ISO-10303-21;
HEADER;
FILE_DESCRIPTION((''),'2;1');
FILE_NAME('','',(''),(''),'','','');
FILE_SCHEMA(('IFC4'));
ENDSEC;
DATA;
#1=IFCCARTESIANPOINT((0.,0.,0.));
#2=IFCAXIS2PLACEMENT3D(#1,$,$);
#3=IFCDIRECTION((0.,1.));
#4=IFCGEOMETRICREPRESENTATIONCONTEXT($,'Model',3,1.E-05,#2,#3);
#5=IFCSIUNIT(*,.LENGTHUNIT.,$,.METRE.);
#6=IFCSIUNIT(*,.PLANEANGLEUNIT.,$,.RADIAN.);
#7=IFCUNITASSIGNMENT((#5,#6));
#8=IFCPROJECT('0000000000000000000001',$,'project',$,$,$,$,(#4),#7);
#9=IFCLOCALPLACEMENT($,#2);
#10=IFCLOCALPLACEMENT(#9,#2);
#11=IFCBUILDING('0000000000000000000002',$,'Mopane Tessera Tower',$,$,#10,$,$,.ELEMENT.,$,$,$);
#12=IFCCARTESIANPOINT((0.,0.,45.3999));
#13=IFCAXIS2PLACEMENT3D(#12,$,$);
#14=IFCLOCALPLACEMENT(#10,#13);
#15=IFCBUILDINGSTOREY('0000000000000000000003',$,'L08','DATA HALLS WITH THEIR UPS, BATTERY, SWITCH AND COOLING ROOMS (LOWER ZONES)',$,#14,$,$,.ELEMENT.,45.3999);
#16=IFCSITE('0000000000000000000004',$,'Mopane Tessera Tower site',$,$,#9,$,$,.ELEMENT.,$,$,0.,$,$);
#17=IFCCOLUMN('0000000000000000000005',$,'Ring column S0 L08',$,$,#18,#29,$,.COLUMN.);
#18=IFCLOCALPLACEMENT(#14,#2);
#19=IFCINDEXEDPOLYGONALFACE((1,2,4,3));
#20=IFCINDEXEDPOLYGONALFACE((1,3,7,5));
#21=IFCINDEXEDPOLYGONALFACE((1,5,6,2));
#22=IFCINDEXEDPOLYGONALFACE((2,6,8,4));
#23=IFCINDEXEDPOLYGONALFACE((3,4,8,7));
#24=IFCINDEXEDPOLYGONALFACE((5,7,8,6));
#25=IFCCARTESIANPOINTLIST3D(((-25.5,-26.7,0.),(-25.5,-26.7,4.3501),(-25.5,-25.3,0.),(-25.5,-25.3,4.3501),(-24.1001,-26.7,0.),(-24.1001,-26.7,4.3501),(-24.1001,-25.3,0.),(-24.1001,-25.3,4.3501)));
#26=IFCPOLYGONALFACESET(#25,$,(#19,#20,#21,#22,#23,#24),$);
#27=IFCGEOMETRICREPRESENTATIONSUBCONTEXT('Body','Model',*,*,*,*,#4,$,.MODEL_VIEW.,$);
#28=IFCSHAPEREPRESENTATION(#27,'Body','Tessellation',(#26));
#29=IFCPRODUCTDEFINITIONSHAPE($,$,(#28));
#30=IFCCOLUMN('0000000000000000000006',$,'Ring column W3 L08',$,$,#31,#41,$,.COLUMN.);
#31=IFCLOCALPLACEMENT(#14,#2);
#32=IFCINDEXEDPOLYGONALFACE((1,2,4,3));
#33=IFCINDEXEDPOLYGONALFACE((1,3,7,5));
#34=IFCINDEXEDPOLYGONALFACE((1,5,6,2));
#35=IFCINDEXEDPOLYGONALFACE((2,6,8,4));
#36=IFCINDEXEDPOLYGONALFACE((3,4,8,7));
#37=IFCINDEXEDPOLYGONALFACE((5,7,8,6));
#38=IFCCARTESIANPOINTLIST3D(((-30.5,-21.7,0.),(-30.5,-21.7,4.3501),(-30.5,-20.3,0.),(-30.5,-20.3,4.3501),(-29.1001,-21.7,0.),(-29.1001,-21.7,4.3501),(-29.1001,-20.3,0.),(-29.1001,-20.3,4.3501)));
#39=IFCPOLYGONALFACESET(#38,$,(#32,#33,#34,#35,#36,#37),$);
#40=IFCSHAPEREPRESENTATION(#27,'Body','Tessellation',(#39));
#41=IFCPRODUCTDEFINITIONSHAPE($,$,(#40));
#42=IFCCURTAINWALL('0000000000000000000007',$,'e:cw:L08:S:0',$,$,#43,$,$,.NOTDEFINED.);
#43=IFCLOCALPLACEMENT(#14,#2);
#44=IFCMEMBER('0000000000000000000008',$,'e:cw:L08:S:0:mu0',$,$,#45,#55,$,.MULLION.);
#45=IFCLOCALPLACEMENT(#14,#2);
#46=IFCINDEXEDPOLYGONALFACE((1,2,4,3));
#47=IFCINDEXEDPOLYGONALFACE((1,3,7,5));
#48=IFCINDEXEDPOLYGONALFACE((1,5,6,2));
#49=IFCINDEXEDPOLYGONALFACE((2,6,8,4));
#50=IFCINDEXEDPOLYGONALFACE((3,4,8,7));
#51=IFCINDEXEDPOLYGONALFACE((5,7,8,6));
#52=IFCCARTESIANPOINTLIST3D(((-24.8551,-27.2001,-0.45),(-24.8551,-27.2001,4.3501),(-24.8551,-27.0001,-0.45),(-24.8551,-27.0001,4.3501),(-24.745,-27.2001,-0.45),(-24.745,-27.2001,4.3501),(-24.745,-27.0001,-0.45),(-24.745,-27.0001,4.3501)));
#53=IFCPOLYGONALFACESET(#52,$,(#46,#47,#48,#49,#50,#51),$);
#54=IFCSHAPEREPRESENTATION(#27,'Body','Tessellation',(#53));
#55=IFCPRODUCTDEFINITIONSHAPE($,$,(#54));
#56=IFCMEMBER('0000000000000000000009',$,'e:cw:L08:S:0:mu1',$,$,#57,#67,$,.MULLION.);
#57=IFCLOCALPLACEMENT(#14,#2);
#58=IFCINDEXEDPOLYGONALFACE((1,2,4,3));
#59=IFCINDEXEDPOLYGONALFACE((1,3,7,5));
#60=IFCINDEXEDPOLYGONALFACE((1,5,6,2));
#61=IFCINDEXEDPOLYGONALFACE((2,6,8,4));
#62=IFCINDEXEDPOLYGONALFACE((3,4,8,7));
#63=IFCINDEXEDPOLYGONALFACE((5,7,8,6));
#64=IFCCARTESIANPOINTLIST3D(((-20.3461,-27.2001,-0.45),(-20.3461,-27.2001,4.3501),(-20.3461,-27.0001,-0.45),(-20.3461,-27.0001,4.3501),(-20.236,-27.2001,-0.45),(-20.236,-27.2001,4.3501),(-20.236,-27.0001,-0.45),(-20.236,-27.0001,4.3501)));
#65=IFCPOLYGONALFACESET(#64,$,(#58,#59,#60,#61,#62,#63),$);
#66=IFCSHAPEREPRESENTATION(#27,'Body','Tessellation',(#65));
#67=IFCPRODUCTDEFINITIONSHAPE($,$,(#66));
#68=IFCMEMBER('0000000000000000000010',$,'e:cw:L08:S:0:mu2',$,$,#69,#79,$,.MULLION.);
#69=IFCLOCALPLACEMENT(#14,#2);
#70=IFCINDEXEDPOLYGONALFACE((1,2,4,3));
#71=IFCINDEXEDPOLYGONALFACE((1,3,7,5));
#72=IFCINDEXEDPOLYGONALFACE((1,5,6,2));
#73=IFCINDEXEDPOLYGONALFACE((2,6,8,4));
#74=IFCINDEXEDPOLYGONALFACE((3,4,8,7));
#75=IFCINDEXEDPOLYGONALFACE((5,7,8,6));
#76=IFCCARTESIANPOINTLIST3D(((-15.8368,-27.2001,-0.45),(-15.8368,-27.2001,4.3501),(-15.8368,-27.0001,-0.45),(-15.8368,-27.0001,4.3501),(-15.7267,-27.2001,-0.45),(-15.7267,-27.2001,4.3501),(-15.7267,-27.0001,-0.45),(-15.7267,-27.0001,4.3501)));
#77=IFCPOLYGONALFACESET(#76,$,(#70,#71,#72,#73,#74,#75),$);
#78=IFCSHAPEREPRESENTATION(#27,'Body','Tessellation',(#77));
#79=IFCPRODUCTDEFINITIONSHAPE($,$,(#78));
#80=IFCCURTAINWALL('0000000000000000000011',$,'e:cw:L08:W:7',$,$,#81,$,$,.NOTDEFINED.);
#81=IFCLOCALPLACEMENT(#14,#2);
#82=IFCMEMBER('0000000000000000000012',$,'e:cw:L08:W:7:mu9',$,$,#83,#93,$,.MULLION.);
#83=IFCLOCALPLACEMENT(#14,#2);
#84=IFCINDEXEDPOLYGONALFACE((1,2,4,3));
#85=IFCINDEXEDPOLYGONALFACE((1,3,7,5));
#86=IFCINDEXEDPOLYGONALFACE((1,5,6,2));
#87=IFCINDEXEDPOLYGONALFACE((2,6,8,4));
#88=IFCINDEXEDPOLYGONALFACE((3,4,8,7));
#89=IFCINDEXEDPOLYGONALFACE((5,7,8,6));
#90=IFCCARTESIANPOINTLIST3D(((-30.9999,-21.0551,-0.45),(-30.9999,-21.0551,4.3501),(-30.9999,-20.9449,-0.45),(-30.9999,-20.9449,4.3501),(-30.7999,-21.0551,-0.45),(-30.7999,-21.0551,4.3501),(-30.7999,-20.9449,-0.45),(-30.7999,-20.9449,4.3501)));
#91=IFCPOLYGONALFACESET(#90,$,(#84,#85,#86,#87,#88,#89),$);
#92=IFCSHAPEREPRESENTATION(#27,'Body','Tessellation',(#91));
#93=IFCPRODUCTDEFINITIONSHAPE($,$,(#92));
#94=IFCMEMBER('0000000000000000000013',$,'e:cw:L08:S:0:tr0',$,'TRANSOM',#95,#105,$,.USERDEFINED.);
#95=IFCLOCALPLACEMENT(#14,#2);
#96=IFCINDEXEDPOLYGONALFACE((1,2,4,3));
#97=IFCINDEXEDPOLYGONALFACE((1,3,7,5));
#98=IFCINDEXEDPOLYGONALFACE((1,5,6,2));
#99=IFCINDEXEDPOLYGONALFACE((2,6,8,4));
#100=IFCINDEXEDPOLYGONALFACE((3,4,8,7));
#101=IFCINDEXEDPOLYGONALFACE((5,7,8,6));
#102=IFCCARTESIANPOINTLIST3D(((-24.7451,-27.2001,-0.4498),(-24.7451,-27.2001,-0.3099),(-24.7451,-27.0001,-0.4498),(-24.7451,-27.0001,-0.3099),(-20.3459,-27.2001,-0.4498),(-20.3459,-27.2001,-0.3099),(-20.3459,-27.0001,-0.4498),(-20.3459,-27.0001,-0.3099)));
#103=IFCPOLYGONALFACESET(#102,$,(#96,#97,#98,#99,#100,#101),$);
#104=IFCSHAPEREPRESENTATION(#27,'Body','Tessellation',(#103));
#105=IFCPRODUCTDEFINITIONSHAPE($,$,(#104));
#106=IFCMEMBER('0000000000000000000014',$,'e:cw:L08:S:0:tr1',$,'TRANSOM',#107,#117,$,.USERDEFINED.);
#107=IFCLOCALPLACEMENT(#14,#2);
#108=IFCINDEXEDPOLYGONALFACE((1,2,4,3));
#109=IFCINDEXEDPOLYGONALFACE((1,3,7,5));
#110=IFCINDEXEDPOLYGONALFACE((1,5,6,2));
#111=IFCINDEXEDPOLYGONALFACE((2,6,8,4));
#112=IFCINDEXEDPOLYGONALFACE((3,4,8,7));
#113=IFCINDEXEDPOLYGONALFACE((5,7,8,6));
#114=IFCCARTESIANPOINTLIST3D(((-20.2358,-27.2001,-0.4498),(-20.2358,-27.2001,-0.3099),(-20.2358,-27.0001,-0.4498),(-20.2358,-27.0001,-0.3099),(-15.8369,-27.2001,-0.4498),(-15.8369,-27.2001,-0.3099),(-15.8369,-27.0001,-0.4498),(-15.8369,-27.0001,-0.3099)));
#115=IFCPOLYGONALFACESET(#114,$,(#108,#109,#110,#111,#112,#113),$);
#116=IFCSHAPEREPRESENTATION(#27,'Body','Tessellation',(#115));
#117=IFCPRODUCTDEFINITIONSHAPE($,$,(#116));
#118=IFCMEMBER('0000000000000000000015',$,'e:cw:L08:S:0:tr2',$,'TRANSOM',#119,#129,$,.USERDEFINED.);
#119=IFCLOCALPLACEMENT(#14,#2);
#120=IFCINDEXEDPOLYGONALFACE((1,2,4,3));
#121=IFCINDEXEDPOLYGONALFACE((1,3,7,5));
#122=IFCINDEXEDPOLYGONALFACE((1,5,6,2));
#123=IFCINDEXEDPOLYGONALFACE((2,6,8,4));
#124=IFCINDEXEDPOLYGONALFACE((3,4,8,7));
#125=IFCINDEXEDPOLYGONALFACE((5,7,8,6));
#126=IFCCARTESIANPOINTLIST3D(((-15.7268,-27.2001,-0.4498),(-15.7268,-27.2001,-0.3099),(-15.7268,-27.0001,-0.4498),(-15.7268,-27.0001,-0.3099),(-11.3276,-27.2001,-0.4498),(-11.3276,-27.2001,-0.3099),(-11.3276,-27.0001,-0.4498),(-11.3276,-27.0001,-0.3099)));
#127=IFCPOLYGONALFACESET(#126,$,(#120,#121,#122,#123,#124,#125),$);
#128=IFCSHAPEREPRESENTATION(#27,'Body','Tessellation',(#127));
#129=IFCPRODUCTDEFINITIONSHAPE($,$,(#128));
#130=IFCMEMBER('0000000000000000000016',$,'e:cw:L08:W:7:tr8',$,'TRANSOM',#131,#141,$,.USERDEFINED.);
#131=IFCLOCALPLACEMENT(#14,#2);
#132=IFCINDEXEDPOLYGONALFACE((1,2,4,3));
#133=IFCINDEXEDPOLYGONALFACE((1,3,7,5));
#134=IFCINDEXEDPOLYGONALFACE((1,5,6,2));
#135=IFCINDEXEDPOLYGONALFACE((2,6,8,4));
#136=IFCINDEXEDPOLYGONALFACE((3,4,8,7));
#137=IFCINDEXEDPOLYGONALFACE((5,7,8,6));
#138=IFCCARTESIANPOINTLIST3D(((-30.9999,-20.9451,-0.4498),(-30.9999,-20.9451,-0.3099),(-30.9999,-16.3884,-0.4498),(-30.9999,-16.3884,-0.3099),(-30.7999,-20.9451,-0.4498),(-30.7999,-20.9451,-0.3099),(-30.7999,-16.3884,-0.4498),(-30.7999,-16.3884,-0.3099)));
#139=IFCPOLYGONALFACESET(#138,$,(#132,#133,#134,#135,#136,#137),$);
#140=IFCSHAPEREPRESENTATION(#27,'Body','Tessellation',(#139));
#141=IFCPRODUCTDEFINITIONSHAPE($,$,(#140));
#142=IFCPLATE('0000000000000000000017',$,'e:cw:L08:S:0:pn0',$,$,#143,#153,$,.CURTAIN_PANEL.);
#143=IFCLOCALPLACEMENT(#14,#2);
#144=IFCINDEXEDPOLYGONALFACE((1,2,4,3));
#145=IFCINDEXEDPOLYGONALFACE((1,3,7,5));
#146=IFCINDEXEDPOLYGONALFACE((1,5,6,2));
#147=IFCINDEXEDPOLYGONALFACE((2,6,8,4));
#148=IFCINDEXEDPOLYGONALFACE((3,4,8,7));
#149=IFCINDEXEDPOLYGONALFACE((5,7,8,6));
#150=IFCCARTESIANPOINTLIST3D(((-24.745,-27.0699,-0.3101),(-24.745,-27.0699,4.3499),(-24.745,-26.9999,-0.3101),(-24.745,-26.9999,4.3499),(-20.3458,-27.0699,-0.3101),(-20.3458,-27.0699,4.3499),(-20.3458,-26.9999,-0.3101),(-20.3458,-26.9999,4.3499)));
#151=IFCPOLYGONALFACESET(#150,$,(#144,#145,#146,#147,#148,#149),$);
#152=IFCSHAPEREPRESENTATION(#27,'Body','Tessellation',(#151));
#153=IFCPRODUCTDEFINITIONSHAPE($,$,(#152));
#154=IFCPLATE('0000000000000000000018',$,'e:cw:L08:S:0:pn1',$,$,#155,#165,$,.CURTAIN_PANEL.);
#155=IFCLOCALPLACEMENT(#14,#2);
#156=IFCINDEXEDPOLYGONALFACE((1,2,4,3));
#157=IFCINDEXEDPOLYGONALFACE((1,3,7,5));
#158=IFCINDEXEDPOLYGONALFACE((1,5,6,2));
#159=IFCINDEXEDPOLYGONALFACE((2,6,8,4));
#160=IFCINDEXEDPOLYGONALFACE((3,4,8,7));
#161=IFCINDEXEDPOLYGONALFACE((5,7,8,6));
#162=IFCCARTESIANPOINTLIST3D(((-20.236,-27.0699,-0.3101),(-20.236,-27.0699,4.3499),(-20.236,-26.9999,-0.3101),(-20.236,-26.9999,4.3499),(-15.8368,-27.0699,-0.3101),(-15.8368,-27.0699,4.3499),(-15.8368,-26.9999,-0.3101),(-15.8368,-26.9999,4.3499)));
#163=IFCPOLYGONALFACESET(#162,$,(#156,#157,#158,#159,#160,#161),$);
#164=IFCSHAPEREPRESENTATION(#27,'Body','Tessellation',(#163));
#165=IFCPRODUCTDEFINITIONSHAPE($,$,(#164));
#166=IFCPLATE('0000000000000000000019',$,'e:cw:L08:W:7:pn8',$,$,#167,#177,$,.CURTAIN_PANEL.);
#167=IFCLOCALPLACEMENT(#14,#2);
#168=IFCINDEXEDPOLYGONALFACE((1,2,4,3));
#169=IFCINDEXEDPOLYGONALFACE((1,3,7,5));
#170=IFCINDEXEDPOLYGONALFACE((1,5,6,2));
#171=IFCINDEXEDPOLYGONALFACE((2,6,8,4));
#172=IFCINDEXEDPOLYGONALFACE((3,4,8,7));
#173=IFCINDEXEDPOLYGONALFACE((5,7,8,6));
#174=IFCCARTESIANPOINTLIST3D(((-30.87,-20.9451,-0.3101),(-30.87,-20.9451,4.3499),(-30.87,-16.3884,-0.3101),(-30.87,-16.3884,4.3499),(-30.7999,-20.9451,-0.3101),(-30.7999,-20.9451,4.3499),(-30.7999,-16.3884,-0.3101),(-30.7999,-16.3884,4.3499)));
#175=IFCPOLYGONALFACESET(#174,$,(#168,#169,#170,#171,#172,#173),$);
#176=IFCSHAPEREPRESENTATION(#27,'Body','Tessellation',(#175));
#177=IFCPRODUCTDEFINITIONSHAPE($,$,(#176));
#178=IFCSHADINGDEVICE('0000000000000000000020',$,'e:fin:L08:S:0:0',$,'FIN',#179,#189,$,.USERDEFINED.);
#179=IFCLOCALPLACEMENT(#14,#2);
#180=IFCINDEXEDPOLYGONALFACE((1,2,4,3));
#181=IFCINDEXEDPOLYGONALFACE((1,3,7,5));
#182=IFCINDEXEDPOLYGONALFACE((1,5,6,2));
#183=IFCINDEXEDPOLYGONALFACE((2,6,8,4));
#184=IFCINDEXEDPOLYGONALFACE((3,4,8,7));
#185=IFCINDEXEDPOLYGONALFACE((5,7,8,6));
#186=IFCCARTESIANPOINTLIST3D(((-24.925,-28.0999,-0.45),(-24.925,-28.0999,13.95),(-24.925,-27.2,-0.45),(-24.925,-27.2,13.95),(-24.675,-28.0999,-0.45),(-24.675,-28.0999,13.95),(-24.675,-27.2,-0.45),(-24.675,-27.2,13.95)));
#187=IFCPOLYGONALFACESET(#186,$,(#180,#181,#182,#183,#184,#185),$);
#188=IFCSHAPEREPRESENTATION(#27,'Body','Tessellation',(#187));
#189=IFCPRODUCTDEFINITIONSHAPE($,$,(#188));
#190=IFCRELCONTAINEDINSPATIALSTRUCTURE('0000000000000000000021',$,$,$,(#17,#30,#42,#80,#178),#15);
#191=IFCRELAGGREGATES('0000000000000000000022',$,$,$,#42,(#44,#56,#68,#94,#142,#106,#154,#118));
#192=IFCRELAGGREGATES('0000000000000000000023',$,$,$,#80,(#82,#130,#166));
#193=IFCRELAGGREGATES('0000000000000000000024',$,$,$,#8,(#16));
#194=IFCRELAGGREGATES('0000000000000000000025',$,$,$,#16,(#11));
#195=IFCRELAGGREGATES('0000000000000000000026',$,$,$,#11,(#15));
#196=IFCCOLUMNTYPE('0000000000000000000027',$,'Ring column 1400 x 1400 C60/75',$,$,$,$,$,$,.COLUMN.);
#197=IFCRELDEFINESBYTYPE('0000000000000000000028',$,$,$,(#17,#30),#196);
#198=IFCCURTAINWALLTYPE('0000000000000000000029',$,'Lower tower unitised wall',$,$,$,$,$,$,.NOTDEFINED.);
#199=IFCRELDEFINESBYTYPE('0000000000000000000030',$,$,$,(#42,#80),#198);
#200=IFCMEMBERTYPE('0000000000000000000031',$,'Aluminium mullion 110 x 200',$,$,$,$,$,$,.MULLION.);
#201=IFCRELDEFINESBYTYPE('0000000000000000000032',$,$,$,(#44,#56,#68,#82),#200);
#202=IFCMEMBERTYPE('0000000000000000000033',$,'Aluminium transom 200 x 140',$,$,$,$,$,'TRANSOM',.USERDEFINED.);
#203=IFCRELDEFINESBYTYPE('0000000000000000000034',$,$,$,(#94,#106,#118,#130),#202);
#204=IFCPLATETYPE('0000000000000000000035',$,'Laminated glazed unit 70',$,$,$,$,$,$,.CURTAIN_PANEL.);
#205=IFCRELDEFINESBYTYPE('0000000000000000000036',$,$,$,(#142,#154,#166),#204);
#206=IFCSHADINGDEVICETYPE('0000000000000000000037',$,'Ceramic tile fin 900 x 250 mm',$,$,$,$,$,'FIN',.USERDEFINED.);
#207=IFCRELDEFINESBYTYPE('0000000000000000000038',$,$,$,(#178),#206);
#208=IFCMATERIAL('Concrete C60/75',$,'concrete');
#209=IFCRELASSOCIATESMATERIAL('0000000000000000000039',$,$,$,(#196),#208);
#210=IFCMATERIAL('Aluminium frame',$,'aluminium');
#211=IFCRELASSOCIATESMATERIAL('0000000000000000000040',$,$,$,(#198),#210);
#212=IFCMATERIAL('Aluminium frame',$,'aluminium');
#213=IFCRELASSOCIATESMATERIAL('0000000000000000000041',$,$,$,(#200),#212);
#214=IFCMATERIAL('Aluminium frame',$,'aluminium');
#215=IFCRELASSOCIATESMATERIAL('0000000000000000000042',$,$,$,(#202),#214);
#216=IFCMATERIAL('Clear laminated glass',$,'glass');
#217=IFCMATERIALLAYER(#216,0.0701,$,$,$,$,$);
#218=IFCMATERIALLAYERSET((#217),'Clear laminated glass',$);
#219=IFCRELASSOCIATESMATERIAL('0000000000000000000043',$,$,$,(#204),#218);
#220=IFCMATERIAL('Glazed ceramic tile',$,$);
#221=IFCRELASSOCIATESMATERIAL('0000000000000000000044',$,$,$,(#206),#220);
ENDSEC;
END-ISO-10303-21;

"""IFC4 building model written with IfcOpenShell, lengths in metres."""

from ifc_helpers import new_model, si_unit, direction, frame, origin, origin_2d, place, context, subcontext, project, spatial, rectangle, extrude, material, layer, layer_set, material_profile, profile_set, type_object, element, aggregate, save


model = new_model("IFC4")

# Units and contexts
model_context = context("Model", 3, precision=1e-05, world=origin(), true_north=direction((0.0, 1.0)))
body_context = subcontext(model_context, "Body", "Model", "MODEL_VIEW")
ifc_project = project(units=[si_unit("LENGTHUNIT", "METRE"), si_unit("PLANEANGLEUNIT", "RADIAN")], contexts=[model_context])

# Site, building, storey
site_placement = place(None, origin())
site = spatial("IfcSite", under=ifc_project, at=site_placement, Name="Mopane Tessera Tower site", CompositionType="ELEMENT", RefElevation=0.0)
building_placement = place(site_placement, origin())
building = spatial("IfcBuilding", under=site, at=building_placement, Name="Mopane Tessera Tower", CompositionType="ELEMENT")
storey_placement = place(building_placement, frame((0.0, 0.0, 45.3999)))
storey = spatial("IfcBuildingStorey", under=building, at=storey_placement, Name="L08", Description="DATA HALLS WITH THEIR UPS, BATTERY, SWITCH AND COOLING ROOMS (LOWER ZONES)", CompositionType="ELEMENT", Elevation=45.3999)

# Columns
ifc_material_1 = material(Name="Concrete C60/75", Category="concrete")
ifc_material_profile_1 = material_profile(ifc_material_1, rectangle(XDim=1.3999, YDim=1.3999, at=origin_2d()))
ifc_profile_set_1 = profile_set([ifc_material_profile_1], Name="Concrete C60/75")
column_type = type_object("IfcColumnType", Name="Ring column 1400 x 1400 C60/75", PredefinedType="COLUMN", material=ifc_profile_set_1)
for number, where, z_axis, x_axis, name in (
    (1, (-24.8, -26.0, 0.0), (0.0, 0.0, 1.0), (1.0, 0.0, 0.0), "Ring column S0 L08"),
    (2, (-29.8, -21.0, 0.0), (0.0, 0.0, 1.0), (1.0, 0.0, 0.0), "Ring column W3 L08"),
):
    element("IfcColumn", number, at=place(storey_placement, frame(where, z_axis=z_axis, x_axis=x_axis)), inside=storey, type_object=column_type, Name=name, PredefinedType="COLUMN", context=body_context, shape_type="SweptSolid", body=[
        extrude(rectangle(XDim=1.3999, YDim=1.3999, at=origin_2d()), origin(), (0.0, 0.0, 1.0), 4.3501),
    ])

# Curtain wall, members
ifc_material_2 = material(Name="Aluminium frame", Category="aluminium")
curtain_wall_type = type_object("IfcCurtainWallType", Name="Lower tower unitised wall", PredefinedType="NOTDEFINED", material=ifc_material_2)
curtain_wall_1_placement = place(storey_placement, origin())
curtain_wall_1 = element("IfcCurtainWall", 3, at=curtain_wall_1_placement, inside=storey, type_object=curtain_wall_type, Name="e:cw:L08:S:0", PredefinedType="NOTDEFINED")
ifc_material_3 = material(Name="Aluminium frame", Category="aluminium")
ifc_material_profile_2 = material_profile(ifc_material_3, rectangle(XDim=0.1101, YDim=0.2, at=origin_2d()))
ifc_profile_set_2 = profile_set([ifc_material_profile_2], Name="Aluminium frame")
member_type_1 = type_object("IfcMemberType", Name="Aluminium mullion 110 x 200", PredefinedType="MULLION", material=ifc_profile_set_2)
member_1_placement = place(storey_placement, frame((-24.8, -27.1001, -0.45), z_axis=(0.0, 0.0, 1.0), x_axis=(1.0, 0.0, 0.0)))
member_1 = element("IfcMember", 4, at=member_1_placement, type_object=member_type_1, Name="e:cw:L08:S:0:mu0", PredefinedType="MULLION", context=body_context, shape_type="SweptSolid", body=[
    extrude(rectangle(XDim=0.1101, YDim=0.2, at=origin_2d()), origin(), (0.0, 0.0, 1.0), 4.8),
])
member_2_placement = place(storey_placement, frame((-20.291, -27.1001, -0.45), z_axis=(0.0, 0.0, 1.0), x_axis=(1.0, 0.0, 0.0)))
member_2 = element("IfcMember", 5, at=member_2_placement, type_object=member_type_1, Name="e:cw:L08:S:0:mu1", PredefinedType="MULLION", context=body_context, shape_type="SweptSolid", body=[
    extrude(rectangle(XDim=0.1101, YDim=0.2, at=origin_2d()), origin(), (0.0, 0.0, 1.0), 4.8),
])
member_3_placement = place(storey_placement, frame((-15.7817, -27.1001, -0.45), z_axis=(0.0, 0.0, 1.0), x_axis=(1.0, 0.0, 0.0)))
member_3 = element("IfcMember", 6, at=member_3_placement, type_object=member_type_1, Name="e:cw:L08:S:0:mu2", PredefinedType="MULLION", context=body_context, shape_type="SweptSolid", body=[
    extrude(rectangle(XDim=0.1101, YDim=0.2, at=origin_2d()), origin(), (0.0, 0.0, 1.0), 4.8),
])

# Curtain wall, member
curtain_wall_2_placement = place(storey_placement, origin())
curtain_wall_2 = element("IfcCurtainWall", 7, at=curtain_wall_2_placement, inside=storey, type_object=curtain_wall_type, Name="e:cw:L08:W:7", PredefinedType="NOTDEFINED")
member_4_placement = place(storey_placement, frame((-30.8999, -21.0, -0.45), z_axis=(0.0, 0.0, 1.0), x_axis=(0.0, -1.0, 0.0)))
member_4 = element("IfcMember", 8, at=member_4_placement, type_object=member_type_1, Name="e:cw:L08:W:7:mu9", PredefinedType="MULLION", context=body_context, shape_type="SweptSolid", body=[
    extrude(rectangle(XDim=0.1101, YDim=0.2, at=origin_2d()), origin(), (0.0, 0.0, 1.0), 4.8),
])

# Members
ifc_material_4 = material(Name="Aluminium frame", Category="aluminium")
ifc_material_profile_3 = material_profile(ifc_material_4, rectangle(XDim=0.2, YDim=0.1399, at=origin_2d()))
ifc_profile_set_3 = profile_set([ifc_material_profile_3], Name="Aluminium frame")
member_type_2 = type_object("IfcMemberType", Name="Aluminium transom 200 x 140", ElementType="TRANSOM", PredefinedType="USERDEFINED", material=ifc_profile_set_3)
member_5_placement = place(storey_placement, frame((-24.7451, -27.1001, -0.3799), z_axis=(1.0, 0.0, 0.0), x_axis=(0.0, 1.0, 0.0)))
member_5 = element("IfcMember", 9, at=member_5_placement, type_object=member_type_2, Name="e:cw:L08:S:0:tr0", ObjectType="TRANSOM", PredefinedType="USERDEFINED", context=body_context, shape_type="SweptSolid", body=[
    extrude(rectangle(XDim=0.2, YDim=0.1399, at=origin_2d()), origin(), (0.0, 0.0, 1.0), 4.3992),
])
member_6_placement = place(storey_placement, frame((-20.2358, -27.1001, -0.3799), z_axis=(1.0, 0.0, 0.0), x_axis=(0.0, 1.0, 0.0)))
member_6 = element("IfcMember", 10, at=member_6_placement, type_object=member_type_2, Name="e:cw:L08:S:0:tr1", ObjectType="TRANSOM", PredefinedType="USERDEFINED", context=body_context, shape_type="SweptSolid", body=[
    extrude(rectangle(XDim=0.2, YDim=0.1399, at=origin_2d()), origin(), (0.0, 0.0, 1.0), 4.3989),
])
member_7_placement = place(storey_placement, frame((-15.7268, -27.1001, -0.3799), z_axis=(1.0, 0.0, 0.0), x_axis=(0.0, 1.0, 0.0)))
member_7 = element("IfcMember", 11, at=member_7_placement, type_object=member_type_2, Name="e:cw:L08:S:0:tr2", ObjectType="TRANSOM", PredefinedType="USERDEFINED", context=body_context, shape_type="SweptSolid", body=[
    extrude(rectangle(XDim=0.2, YDim=0.1399, at=origin_2d()), origin(), (0.0, 0.0, 1.0), 4.3992),
])
member_8_placement = place(storey_placement, frame((-30.8999, -16.3884, -0.3799), z_axis=(0.0, -1.0, 0.0), x_axis=(1.0, 0.0, 0.0)))
member_8 = element("IfcMember", 12, at=member_8_placement, type_object=member_type_2, Name="e:cw:L08:W:7:tr8", ObjectType="TRANSOM", PredefinedType="USERDEFINED", context=body_context, shape_type="SweptSolid", body=[
    extrude(rectangle(XDim=0.2, YDim=0.1399, at=origin_2d()), origin(), (0.0, 0.0, 1.0), 4.5566),
])

# Plates
ifc_material_5 = material(Name="Clear laminated glass", Category="glass")
ifc_layer = layer(ifc_material_5, 0.0701)
ifc_layer_set = layer_set([ifc_layer], Name="Clear laminated glass")
plate_type = type_object("IfcPlateType", Name="Laminated glazed unit 70", PredefinedType="CURTAIN_PANEL", material=ifc_layer_set)
plate_1_placement = place(storey_placement, frame((-22.5454, -27.0349, -0.3101), z_axis=(0.0, 0.0, 1.0), x_axis=(1.0, 0.0, 0.0)))
plate_1 = element("IfcPlate", 13, at=plate_1_placement, type_object=plate_type, Name="e:cw:L08:S:0:pn0", PredefinedType="CURTAIN_PANEL", context=body_context, shape_type="SweptSolid", body=[
    extrude(rectangle(XDim=4.3992, YDim=0.0701, at=origin_2d()), origin(), (0.0, 0.0, 1.0), 4.6599),
])
plate_2_placement = place(storey_placement, frame((-18.0364, -27.0349, -0.3101), z_axis=(0.0, 0.0, 1.0), x_axis=(1.0, 0.0, 0.0)))
plate_2 = element("IfcPlate", 14, at=plate_2_placement, type_object=plate_type, Name="e:cw:L08:S:0:pn1", PredefinedType="CURTAIN_PANEL", context=body_context, shape_type="SweptSolid", body=[
    extrude(rectangle(XDim=4.3992, YDim=0.0701, at=origin_2d()), origin(), (0.0, 0.0, 1.0), 4.6599),
])
aggregate(curtain_wall_1, [member_1, member_2, member_3, member_5, plate_1, member_6, plate_2, member_7])
plate_3_placement = place(storey_placement, frame((-30.835, -18.6667, -0.3101), z_axis=(0.0, 0.0, 1.0), x_axis=(0.0, -1.0, 0.0)))
plate_3 = element("IfcPlate", 15, at=plate_3_placement, type_object=plate_type, Name="e:cw:L08:W:7:pn8", PredefinedType="CURTAIN_PANEL", context=body_context, shape_type="SweptSolid", body=[
    extrude(rectangle(XDim=4.5566, YDim=0.0701, at=origin_2d()), origin(), (0.0, 0.0, 1.0), 4.6599),
])
aggregate(curtain_wall_2, [member_4, member_8, plate_3])

# Shading device
ifc_material_6 = material(Name="Glazed ceramic tile")
shading_device_type = type_object("IfcShadingDeviceType", Name="Ceramic tile fin 900 x 250 mm", ElementType="FIN", PredefinedType="USERDEFINED", material=ifc_material_6)
for number, where, z_axis, x_axis, name in (
    (16, (-24.8, -27.6499, -0.45), (0.0, 0.0, 1.0), (1.0, 0.0, 0.0), "e:fin:L08:S:0:0"),
):
    element("IfcShadingDevice", number, at=place(storey_placement, frame(where, z_axis=z_axis, x_axis=x_axis)), inside=storey, type_object=shading_device_type, Name=name, ObjectType="FIN", PredefinedType="USERDEFINED", context=body_context, shape_type="SweptSolid", body=[
        extrude(rectangle(XDim=0.25, YDim=0.8999, at=origin_2d()), origin(), (0.0, 0.0, 1.0), 14.3999),
    ])

save(model, "model.ifc")
